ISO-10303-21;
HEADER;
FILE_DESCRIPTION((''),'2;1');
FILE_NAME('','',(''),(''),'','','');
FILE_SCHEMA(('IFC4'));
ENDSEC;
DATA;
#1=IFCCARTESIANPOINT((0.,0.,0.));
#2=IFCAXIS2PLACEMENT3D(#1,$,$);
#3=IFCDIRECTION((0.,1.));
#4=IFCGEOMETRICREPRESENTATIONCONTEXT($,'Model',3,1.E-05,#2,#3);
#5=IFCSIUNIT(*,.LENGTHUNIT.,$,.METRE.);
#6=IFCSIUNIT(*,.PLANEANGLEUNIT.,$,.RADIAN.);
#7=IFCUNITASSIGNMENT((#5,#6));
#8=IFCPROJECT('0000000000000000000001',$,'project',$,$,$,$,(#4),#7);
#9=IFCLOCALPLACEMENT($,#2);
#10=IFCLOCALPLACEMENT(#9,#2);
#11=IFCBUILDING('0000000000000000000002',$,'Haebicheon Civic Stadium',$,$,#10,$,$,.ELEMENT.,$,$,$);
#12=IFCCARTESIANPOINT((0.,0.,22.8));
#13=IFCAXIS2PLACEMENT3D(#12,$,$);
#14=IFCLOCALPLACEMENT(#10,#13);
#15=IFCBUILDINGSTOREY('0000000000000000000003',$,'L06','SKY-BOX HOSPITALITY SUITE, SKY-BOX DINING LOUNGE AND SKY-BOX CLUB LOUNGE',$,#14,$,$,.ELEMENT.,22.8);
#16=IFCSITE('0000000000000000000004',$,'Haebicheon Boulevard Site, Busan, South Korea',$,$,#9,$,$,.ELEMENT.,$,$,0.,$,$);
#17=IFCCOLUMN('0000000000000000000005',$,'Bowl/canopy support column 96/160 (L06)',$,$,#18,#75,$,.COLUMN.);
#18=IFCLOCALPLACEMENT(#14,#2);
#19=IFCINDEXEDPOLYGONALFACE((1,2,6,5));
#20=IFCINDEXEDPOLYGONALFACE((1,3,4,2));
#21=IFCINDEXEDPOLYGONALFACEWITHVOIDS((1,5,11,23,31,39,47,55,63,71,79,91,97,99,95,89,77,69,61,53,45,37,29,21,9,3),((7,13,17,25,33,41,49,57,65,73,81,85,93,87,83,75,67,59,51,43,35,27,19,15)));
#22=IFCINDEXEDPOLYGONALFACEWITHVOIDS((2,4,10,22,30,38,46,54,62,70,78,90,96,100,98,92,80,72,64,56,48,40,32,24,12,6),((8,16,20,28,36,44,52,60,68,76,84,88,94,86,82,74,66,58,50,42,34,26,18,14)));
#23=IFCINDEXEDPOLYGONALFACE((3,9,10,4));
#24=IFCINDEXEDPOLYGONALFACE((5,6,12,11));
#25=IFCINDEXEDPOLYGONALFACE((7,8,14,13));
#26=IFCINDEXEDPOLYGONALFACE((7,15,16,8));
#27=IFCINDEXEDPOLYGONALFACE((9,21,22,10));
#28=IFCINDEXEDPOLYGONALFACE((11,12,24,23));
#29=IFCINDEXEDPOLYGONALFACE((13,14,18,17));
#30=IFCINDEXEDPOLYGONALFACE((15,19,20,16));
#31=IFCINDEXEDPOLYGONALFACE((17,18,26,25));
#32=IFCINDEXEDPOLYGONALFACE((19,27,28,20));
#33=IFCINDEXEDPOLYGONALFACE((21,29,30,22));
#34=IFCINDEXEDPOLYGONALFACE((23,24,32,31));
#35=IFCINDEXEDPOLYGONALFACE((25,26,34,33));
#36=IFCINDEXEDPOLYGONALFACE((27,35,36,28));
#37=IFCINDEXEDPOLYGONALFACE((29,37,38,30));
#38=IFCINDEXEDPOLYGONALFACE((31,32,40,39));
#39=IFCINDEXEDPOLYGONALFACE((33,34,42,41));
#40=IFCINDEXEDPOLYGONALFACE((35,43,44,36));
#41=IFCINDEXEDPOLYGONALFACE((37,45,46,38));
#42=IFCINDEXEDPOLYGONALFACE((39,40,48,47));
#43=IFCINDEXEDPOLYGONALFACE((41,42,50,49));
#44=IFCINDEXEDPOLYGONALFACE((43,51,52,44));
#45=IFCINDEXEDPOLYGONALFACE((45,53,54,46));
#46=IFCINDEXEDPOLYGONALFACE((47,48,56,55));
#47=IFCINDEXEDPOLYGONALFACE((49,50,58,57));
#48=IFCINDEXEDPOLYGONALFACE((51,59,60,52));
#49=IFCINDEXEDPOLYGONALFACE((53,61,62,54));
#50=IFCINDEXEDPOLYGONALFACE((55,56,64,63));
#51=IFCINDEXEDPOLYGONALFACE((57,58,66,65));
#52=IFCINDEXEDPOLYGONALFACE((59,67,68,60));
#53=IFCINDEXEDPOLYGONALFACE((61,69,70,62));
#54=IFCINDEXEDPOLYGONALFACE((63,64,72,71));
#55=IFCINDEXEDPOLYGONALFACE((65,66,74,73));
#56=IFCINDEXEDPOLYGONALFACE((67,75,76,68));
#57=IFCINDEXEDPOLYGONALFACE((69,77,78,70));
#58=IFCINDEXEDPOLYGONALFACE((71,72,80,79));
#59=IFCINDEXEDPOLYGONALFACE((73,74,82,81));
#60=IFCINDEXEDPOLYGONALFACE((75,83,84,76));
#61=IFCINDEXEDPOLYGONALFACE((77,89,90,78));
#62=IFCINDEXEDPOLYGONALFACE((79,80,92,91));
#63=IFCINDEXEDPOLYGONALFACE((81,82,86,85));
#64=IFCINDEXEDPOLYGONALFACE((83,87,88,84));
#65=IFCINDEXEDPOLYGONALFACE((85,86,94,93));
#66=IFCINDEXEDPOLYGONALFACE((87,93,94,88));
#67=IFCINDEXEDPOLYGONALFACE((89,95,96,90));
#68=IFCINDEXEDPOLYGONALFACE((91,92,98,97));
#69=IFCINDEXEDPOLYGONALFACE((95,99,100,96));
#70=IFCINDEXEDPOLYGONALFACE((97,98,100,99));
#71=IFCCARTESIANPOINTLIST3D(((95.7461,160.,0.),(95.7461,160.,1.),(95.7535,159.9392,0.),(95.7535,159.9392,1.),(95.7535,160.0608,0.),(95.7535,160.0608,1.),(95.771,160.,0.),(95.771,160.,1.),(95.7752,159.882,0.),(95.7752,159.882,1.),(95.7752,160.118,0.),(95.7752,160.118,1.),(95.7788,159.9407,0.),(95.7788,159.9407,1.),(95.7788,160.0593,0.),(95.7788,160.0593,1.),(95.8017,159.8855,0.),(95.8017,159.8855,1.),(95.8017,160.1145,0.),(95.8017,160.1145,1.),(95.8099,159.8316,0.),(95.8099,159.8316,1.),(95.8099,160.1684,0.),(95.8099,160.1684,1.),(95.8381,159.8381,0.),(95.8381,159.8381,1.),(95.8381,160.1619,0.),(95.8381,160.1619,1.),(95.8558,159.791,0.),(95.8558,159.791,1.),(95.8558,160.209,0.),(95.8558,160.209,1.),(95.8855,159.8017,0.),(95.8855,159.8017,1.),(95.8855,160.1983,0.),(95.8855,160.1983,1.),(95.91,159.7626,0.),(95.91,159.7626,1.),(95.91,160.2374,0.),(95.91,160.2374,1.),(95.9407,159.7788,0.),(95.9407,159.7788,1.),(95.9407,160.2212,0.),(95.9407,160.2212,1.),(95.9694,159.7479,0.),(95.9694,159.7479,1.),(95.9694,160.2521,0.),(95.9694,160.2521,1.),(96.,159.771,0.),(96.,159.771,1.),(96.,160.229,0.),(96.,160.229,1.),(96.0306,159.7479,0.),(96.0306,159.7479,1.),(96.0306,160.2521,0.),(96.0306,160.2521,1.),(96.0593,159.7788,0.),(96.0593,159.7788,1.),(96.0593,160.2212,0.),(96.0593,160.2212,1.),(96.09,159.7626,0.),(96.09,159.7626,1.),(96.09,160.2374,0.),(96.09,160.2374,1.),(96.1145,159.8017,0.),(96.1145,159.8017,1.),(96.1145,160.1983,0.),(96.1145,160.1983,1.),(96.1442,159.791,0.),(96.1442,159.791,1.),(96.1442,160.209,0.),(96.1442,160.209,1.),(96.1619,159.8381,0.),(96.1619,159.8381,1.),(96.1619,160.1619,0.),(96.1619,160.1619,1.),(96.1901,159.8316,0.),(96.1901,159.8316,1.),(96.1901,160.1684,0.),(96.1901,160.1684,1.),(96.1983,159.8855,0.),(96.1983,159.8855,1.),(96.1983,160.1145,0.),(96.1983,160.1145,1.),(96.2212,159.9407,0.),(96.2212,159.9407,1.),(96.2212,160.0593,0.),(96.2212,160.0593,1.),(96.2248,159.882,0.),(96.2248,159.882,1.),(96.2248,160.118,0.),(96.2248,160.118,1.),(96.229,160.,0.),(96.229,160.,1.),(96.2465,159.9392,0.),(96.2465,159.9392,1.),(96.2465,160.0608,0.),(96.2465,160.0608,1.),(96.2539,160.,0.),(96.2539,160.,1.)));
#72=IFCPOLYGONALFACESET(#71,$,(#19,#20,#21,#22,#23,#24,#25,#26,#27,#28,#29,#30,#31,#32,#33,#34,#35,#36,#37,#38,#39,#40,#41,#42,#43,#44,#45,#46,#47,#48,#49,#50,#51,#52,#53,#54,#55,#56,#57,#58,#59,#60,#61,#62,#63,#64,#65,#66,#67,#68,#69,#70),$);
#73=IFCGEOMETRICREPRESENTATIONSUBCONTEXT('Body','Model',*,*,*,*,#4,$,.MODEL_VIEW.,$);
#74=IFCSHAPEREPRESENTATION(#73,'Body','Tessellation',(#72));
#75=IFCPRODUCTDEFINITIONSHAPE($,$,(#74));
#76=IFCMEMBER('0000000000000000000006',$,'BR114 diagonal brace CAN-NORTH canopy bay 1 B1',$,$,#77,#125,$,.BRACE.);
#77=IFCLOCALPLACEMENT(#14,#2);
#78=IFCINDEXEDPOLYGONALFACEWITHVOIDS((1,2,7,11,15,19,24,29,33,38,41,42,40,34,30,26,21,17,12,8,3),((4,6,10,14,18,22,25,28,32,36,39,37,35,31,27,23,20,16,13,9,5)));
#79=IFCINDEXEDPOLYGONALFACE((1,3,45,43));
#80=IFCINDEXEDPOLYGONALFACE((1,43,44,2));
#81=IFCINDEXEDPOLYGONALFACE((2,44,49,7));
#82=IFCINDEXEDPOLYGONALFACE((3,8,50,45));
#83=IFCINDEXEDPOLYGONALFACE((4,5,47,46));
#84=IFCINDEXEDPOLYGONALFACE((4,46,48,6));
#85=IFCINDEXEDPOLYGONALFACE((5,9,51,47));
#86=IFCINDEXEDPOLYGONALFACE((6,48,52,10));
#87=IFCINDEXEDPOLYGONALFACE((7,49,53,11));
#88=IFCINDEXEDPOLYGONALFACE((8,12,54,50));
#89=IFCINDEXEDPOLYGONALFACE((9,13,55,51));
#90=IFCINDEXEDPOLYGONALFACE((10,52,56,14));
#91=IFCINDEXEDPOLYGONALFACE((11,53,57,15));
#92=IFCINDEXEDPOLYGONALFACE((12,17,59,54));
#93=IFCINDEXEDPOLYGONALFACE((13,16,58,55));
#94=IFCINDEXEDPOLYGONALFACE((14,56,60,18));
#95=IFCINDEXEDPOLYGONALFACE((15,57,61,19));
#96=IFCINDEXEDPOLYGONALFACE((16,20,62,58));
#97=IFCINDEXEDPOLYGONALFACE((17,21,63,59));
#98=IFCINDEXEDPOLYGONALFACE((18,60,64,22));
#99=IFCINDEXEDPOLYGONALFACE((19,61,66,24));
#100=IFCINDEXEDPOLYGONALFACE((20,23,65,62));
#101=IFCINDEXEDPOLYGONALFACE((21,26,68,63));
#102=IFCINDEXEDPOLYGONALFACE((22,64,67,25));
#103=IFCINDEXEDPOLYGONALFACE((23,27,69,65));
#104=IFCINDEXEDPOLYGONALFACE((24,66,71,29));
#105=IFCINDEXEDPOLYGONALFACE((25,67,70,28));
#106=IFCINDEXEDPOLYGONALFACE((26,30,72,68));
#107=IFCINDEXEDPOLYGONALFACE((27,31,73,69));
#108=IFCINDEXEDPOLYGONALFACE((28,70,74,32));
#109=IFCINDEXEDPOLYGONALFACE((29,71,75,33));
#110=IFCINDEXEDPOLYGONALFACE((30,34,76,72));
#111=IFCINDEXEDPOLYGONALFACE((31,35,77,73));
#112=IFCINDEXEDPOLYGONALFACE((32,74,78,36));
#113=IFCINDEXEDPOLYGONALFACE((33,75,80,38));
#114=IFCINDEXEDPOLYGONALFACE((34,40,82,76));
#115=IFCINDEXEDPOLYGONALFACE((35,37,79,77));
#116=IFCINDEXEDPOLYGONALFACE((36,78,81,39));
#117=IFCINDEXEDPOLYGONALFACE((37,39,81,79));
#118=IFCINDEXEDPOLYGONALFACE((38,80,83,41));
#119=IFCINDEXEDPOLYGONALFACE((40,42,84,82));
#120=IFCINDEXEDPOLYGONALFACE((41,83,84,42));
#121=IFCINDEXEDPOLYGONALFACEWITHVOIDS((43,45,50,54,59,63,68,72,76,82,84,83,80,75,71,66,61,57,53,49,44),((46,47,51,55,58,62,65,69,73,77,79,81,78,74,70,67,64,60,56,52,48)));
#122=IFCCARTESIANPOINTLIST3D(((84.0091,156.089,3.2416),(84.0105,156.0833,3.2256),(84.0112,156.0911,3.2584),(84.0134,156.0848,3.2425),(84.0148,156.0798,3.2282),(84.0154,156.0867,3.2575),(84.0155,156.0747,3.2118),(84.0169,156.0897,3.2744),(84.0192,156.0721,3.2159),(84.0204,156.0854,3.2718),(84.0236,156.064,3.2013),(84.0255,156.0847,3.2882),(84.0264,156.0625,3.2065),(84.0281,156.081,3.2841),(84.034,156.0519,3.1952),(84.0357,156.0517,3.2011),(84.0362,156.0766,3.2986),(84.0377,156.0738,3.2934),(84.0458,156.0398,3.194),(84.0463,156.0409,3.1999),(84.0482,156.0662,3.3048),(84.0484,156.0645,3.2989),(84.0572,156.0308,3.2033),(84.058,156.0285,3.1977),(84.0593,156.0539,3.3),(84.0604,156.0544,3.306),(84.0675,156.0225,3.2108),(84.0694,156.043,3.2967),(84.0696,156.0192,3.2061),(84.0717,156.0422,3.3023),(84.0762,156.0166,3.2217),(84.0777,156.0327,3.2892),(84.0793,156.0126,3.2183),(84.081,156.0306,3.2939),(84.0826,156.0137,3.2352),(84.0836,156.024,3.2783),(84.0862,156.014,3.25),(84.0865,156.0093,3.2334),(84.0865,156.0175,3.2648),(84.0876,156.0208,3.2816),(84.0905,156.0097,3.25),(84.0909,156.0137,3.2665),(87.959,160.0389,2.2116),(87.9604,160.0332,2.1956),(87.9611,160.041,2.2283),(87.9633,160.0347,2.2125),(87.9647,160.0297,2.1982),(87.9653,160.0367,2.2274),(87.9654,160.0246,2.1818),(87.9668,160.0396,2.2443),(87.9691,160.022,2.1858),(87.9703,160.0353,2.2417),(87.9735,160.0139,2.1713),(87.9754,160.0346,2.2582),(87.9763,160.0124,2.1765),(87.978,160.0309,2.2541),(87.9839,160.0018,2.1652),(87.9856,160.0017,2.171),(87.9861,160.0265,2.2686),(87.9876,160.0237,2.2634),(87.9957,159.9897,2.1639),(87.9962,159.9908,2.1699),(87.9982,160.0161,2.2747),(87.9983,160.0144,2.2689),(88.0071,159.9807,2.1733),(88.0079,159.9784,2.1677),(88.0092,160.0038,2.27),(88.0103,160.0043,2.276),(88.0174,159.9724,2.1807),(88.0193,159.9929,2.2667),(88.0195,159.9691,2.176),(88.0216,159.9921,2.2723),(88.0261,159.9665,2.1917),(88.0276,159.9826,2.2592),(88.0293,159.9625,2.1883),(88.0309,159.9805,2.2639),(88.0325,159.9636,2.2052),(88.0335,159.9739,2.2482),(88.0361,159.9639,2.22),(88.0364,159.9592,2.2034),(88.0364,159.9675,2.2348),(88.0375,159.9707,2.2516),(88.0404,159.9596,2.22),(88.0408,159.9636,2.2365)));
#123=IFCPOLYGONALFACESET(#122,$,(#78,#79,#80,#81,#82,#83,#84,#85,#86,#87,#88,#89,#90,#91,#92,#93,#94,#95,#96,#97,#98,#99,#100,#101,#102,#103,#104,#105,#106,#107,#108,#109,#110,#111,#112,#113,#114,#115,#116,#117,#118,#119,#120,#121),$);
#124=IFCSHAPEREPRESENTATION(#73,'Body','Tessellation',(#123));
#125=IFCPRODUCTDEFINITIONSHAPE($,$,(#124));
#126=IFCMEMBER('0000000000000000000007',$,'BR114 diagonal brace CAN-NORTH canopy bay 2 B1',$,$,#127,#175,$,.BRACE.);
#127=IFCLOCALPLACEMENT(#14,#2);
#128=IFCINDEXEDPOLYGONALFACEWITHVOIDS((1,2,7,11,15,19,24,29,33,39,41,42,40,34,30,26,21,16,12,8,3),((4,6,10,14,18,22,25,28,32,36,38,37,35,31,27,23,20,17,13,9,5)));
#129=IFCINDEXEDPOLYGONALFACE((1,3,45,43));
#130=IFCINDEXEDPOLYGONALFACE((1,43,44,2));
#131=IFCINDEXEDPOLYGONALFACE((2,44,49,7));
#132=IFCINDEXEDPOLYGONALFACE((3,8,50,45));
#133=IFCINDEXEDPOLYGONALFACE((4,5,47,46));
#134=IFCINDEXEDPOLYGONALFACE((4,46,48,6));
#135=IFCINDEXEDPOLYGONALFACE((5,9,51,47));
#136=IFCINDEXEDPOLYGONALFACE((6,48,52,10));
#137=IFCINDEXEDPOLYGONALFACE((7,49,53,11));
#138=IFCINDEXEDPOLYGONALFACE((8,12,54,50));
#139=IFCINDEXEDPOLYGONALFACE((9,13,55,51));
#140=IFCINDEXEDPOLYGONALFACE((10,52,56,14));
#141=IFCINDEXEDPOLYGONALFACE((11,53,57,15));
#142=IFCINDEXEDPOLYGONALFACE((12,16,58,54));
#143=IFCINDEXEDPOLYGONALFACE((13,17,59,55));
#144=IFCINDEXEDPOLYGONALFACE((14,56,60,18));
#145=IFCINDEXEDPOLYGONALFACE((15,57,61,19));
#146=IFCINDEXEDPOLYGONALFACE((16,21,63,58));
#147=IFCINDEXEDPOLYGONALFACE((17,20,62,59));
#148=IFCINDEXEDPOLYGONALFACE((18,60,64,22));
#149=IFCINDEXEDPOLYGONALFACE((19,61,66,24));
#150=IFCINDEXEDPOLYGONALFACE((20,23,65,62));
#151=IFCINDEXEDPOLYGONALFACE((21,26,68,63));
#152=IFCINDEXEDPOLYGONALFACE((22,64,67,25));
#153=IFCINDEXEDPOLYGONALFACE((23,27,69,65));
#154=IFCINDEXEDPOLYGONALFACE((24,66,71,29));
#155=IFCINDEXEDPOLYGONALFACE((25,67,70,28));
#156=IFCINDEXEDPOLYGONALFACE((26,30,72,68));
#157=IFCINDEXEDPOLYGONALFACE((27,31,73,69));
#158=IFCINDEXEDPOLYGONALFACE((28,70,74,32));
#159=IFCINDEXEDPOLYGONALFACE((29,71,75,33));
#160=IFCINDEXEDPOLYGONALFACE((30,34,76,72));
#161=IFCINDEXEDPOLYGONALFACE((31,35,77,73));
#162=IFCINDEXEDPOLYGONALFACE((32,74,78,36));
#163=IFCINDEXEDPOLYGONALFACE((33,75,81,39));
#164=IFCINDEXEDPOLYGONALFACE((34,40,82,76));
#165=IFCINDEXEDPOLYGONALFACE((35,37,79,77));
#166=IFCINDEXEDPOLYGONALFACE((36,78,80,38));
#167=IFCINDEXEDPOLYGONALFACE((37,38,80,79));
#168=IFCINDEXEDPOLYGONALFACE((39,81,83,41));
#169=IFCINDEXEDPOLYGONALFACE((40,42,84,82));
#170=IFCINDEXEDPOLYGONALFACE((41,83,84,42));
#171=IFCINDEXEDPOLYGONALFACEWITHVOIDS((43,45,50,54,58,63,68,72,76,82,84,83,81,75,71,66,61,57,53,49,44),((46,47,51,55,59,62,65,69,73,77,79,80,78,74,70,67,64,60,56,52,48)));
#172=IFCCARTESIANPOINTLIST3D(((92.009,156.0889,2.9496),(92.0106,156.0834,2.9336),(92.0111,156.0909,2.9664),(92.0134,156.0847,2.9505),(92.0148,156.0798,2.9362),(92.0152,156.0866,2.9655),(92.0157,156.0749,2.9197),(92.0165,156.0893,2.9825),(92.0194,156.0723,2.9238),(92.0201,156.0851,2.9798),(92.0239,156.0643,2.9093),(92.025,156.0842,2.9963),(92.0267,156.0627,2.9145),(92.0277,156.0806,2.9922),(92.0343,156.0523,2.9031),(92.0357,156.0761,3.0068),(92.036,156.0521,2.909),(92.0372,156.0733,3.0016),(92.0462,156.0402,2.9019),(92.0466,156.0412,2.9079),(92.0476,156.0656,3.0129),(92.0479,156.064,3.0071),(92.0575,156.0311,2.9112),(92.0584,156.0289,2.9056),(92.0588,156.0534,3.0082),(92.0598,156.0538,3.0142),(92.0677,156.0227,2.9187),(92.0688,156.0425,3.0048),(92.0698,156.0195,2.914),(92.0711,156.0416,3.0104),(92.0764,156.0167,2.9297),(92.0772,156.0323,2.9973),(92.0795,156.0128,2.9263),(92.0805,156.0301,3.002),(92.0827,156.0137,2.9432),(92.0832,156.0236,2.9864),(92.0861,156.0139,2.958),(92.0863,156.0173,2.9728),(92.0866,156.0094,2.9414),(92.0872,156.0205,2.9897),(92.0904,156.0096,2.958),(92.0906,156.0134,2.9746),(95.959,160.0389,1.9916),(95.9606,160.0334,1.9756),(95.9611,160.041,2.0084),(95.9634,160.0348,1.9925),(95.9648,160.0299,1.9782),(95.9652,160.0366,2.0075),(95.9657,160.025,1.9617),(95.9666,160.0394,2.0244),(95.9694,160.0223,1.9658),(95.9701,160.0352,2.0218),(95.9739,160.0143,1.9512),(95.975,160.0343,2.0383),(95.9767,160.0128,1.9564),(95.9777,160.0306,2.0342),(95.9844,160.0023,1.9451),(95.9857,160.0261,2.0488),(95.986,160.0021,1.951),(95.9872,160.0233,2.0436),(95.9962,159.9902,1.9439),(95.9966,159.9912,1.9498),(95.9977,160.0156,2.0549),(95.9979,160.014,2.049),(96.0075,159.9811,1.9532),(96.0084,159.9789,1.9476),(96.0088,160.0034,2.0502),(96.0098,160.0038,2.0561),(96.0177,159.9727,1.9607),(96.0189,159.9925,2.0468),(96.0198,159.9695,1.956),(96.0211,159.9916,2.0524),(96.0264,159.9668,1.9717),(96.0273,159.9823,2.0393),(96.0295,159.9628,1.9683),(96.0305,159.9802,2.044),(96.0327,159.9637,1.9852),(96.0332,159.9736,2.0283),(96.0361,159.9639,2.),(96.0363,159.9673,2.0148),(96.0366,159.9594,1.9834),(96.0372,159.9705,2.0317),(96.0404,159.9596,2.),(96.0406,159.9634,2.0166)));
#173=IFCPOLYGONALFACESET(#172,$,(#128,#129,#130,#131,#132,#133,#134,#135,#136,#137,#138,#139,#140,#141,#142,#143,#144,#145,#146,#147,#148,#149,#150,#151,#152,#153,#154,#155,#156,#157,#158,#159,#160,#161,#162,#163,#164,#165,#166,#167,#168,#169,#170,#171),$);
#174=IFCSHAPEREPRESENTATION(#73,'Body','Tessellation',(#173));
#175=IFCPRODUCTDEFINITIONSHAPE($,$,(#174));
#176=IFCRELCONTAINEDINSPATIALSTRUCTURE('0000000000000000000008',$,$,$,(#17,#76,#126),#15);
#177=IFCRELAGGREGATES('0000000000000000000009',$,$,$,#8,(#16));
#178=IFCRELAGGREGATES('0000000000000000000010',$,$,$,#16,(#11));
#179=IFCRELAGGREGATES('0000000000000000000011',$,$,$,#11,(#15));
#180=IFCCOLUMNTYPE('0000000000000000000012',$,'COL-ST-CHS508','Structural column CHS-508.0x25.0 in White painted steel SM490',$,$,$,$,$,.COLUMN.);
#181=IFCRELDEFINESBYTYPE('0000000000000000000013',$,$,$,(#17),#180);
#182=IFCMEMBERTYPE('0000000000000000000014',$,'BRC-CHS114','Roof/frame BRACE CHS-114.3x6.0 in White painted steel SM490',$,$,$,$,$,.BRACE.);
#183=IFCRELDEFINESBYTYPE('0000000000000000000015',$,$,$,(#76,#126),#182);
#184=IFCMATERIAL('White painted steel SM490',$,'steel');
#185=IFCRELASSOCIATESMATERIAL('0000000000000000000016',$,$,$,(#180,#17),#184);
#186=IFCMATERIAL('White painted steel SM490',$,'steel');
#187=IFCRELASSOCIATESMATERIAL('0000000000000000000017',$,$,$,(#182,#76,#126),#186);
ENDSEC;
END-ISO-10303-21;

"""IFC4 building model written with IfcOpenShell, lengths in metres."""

from ifc_helpers import new_model, si_unit, direction, frame, origin, origin_2d, place, context, subcontext, project, spatial, hollow_circle, extrude, material, material_profile, profile_set, type_object, element, save


model = new_model("IFC4")

# Units and contexts
model_context = context("Model", 3, precision=1e-05, world=origin(), true_north=direction((0.0, 1.0)))
body_context = subcontext(model_context, "Body", "Model", "MODEL_VIEW")
ifc_project = project(units=[si_unit("LENGTHUNIT", "METRE"), si_unit("PLANEANGLEUNIT", "RADIAN")], contexts=[model_context])

# Site, building, storey
site_placement = place(None, origin())
site = spatial("IfcSite", under=ifc_project, at=site_placement, Name="Haebicheon Boulevard Site, Busan, South Korea", CompositionType="ELEMENT", RefElevation=0.0)
building_placement = place(site_placement, origin())
building = spatial("IfcBuilding", under=site, at=building_placement, Name="Haebicheon Civic Stadium", CompositionType="ELEMENT")
storey_placement = place(building_placement, frame((0.0, 0.0, 22.8)))
storey = spatial("IfcBuildingStorey", under=building, at=storey_placement, Name="L06", Description="SKY-BOX HOSPITALITY SUITE, SKY-BOX DINING LOUNGE AND SKY-BOX CLUB LOUNGE", CompositionType="ELEMENT", Elevation=22.8)

# Column
ifc_material_1 = material(Name="White painted steel SM490", Category="steel")
ifc_material_profile_1 = material_profile(ifc_material_1, hollow_circle(Radius=0.2539, WallThickness=0.0249, at=origin_2d()), Name="CHS-508.0x25.0")
ifc_profile_set_1 = profile_set([ifc_material_profile_1], Name="White painted steel SM490")
column_type = type_object("IfcColumnType", Name="COL-ST-CHS508", Description="Structural column CHS-508.0x25.0 in White painted steel SM490", PredefinedType="COLUMN", material=ifc_profile_set_1)
column_placement = place(storey_placement, frame((96.0, 160.0, 0.0), z_axis=(0.0, 0.0, 1.0), x_axis=(1.0, 0.0, 0.0)))
element("IfcColumn", 1, at=column_placement, inside=storey, type_object=column_type, material=ifc_profile_set_1, Name="Bowl/canopy support column 96/160 (L06)", PredefinedType="COLUMN", context=body_context, shape_type="SweptSolid", body=[
    extrude(hollow_circle(Radius=0.2539, WallThickness=0.0249, at=origin_2d()), origin(), (0.0, 0.0, 1.0), 1.0),
])

# Members
ifc_material_2 = material(Name="White painted steel SM490", Category="steel")
ifc_material_profile_2 = material_profile(ifc_material_2, hollow_circle(Radius=0.0571, WallThickness=0.0061, at=origin_2d()), Name="CHS-114.3x6.0")
ifc_profile_set_2 = profile_set([ifc_material_profile_2], Name="White painted steel SM490")
member_type_1 = type_object("IfcMemberType", Name="BRC-CHS114", Description="Roof/frame BRACE CHS-114.3x6.0 in White painted steel SM490", PredefinedType="BRACE", material=ifc_profile_set_2)
member_1_placement = place(storey_placement, frame((88.0, 160.0, 2.22), z_axis=(-0.695384, -0.695384, 0.181335), x_axis=(0.707107, -0.707107, 0.0)))
element("IfcMember", 2, at=member_1_placement, inside=storey, type_object=member_type_1, material=ifc_profile_set_2, Name="BR114 diagonal brace CAN-NORTH canopy bay 1 B1", PredefinedType="BRACE", context=body_context, shape_type="SweptSolid", body=[
    extrude(hollow_circle(Radius=0.0571, WallThickness=0.0061, at=origin_2d()), origin(), (0.0, 0.0, 1.0), 5.6802),
])
member_2_placement = place(storey_placement, frame((96.0, 160.0, 2.0), z_axis=(-0.696932, -0.696932, 0.169032), x_axis=(0.707107, -0.707107, 0.0)))
element("IfcMember", 3, at=member_2_placement, inside=storey, type_object=member_type_1, material=ifc_profile_set_2, Name="BR114 diagonal brace CAN-NORTH canopy bay 2 B1", PredefinedType="BRACE", context=body_context, shape_type="SweptSolid", body=[
    extrude(hollow_circle(Radius=0.0571, WallThickness=0.0061, at=origin_2d()), origin(), (0.0, 0.0, 1.0), 5.6677),
])

save(model, "model.ifc")
